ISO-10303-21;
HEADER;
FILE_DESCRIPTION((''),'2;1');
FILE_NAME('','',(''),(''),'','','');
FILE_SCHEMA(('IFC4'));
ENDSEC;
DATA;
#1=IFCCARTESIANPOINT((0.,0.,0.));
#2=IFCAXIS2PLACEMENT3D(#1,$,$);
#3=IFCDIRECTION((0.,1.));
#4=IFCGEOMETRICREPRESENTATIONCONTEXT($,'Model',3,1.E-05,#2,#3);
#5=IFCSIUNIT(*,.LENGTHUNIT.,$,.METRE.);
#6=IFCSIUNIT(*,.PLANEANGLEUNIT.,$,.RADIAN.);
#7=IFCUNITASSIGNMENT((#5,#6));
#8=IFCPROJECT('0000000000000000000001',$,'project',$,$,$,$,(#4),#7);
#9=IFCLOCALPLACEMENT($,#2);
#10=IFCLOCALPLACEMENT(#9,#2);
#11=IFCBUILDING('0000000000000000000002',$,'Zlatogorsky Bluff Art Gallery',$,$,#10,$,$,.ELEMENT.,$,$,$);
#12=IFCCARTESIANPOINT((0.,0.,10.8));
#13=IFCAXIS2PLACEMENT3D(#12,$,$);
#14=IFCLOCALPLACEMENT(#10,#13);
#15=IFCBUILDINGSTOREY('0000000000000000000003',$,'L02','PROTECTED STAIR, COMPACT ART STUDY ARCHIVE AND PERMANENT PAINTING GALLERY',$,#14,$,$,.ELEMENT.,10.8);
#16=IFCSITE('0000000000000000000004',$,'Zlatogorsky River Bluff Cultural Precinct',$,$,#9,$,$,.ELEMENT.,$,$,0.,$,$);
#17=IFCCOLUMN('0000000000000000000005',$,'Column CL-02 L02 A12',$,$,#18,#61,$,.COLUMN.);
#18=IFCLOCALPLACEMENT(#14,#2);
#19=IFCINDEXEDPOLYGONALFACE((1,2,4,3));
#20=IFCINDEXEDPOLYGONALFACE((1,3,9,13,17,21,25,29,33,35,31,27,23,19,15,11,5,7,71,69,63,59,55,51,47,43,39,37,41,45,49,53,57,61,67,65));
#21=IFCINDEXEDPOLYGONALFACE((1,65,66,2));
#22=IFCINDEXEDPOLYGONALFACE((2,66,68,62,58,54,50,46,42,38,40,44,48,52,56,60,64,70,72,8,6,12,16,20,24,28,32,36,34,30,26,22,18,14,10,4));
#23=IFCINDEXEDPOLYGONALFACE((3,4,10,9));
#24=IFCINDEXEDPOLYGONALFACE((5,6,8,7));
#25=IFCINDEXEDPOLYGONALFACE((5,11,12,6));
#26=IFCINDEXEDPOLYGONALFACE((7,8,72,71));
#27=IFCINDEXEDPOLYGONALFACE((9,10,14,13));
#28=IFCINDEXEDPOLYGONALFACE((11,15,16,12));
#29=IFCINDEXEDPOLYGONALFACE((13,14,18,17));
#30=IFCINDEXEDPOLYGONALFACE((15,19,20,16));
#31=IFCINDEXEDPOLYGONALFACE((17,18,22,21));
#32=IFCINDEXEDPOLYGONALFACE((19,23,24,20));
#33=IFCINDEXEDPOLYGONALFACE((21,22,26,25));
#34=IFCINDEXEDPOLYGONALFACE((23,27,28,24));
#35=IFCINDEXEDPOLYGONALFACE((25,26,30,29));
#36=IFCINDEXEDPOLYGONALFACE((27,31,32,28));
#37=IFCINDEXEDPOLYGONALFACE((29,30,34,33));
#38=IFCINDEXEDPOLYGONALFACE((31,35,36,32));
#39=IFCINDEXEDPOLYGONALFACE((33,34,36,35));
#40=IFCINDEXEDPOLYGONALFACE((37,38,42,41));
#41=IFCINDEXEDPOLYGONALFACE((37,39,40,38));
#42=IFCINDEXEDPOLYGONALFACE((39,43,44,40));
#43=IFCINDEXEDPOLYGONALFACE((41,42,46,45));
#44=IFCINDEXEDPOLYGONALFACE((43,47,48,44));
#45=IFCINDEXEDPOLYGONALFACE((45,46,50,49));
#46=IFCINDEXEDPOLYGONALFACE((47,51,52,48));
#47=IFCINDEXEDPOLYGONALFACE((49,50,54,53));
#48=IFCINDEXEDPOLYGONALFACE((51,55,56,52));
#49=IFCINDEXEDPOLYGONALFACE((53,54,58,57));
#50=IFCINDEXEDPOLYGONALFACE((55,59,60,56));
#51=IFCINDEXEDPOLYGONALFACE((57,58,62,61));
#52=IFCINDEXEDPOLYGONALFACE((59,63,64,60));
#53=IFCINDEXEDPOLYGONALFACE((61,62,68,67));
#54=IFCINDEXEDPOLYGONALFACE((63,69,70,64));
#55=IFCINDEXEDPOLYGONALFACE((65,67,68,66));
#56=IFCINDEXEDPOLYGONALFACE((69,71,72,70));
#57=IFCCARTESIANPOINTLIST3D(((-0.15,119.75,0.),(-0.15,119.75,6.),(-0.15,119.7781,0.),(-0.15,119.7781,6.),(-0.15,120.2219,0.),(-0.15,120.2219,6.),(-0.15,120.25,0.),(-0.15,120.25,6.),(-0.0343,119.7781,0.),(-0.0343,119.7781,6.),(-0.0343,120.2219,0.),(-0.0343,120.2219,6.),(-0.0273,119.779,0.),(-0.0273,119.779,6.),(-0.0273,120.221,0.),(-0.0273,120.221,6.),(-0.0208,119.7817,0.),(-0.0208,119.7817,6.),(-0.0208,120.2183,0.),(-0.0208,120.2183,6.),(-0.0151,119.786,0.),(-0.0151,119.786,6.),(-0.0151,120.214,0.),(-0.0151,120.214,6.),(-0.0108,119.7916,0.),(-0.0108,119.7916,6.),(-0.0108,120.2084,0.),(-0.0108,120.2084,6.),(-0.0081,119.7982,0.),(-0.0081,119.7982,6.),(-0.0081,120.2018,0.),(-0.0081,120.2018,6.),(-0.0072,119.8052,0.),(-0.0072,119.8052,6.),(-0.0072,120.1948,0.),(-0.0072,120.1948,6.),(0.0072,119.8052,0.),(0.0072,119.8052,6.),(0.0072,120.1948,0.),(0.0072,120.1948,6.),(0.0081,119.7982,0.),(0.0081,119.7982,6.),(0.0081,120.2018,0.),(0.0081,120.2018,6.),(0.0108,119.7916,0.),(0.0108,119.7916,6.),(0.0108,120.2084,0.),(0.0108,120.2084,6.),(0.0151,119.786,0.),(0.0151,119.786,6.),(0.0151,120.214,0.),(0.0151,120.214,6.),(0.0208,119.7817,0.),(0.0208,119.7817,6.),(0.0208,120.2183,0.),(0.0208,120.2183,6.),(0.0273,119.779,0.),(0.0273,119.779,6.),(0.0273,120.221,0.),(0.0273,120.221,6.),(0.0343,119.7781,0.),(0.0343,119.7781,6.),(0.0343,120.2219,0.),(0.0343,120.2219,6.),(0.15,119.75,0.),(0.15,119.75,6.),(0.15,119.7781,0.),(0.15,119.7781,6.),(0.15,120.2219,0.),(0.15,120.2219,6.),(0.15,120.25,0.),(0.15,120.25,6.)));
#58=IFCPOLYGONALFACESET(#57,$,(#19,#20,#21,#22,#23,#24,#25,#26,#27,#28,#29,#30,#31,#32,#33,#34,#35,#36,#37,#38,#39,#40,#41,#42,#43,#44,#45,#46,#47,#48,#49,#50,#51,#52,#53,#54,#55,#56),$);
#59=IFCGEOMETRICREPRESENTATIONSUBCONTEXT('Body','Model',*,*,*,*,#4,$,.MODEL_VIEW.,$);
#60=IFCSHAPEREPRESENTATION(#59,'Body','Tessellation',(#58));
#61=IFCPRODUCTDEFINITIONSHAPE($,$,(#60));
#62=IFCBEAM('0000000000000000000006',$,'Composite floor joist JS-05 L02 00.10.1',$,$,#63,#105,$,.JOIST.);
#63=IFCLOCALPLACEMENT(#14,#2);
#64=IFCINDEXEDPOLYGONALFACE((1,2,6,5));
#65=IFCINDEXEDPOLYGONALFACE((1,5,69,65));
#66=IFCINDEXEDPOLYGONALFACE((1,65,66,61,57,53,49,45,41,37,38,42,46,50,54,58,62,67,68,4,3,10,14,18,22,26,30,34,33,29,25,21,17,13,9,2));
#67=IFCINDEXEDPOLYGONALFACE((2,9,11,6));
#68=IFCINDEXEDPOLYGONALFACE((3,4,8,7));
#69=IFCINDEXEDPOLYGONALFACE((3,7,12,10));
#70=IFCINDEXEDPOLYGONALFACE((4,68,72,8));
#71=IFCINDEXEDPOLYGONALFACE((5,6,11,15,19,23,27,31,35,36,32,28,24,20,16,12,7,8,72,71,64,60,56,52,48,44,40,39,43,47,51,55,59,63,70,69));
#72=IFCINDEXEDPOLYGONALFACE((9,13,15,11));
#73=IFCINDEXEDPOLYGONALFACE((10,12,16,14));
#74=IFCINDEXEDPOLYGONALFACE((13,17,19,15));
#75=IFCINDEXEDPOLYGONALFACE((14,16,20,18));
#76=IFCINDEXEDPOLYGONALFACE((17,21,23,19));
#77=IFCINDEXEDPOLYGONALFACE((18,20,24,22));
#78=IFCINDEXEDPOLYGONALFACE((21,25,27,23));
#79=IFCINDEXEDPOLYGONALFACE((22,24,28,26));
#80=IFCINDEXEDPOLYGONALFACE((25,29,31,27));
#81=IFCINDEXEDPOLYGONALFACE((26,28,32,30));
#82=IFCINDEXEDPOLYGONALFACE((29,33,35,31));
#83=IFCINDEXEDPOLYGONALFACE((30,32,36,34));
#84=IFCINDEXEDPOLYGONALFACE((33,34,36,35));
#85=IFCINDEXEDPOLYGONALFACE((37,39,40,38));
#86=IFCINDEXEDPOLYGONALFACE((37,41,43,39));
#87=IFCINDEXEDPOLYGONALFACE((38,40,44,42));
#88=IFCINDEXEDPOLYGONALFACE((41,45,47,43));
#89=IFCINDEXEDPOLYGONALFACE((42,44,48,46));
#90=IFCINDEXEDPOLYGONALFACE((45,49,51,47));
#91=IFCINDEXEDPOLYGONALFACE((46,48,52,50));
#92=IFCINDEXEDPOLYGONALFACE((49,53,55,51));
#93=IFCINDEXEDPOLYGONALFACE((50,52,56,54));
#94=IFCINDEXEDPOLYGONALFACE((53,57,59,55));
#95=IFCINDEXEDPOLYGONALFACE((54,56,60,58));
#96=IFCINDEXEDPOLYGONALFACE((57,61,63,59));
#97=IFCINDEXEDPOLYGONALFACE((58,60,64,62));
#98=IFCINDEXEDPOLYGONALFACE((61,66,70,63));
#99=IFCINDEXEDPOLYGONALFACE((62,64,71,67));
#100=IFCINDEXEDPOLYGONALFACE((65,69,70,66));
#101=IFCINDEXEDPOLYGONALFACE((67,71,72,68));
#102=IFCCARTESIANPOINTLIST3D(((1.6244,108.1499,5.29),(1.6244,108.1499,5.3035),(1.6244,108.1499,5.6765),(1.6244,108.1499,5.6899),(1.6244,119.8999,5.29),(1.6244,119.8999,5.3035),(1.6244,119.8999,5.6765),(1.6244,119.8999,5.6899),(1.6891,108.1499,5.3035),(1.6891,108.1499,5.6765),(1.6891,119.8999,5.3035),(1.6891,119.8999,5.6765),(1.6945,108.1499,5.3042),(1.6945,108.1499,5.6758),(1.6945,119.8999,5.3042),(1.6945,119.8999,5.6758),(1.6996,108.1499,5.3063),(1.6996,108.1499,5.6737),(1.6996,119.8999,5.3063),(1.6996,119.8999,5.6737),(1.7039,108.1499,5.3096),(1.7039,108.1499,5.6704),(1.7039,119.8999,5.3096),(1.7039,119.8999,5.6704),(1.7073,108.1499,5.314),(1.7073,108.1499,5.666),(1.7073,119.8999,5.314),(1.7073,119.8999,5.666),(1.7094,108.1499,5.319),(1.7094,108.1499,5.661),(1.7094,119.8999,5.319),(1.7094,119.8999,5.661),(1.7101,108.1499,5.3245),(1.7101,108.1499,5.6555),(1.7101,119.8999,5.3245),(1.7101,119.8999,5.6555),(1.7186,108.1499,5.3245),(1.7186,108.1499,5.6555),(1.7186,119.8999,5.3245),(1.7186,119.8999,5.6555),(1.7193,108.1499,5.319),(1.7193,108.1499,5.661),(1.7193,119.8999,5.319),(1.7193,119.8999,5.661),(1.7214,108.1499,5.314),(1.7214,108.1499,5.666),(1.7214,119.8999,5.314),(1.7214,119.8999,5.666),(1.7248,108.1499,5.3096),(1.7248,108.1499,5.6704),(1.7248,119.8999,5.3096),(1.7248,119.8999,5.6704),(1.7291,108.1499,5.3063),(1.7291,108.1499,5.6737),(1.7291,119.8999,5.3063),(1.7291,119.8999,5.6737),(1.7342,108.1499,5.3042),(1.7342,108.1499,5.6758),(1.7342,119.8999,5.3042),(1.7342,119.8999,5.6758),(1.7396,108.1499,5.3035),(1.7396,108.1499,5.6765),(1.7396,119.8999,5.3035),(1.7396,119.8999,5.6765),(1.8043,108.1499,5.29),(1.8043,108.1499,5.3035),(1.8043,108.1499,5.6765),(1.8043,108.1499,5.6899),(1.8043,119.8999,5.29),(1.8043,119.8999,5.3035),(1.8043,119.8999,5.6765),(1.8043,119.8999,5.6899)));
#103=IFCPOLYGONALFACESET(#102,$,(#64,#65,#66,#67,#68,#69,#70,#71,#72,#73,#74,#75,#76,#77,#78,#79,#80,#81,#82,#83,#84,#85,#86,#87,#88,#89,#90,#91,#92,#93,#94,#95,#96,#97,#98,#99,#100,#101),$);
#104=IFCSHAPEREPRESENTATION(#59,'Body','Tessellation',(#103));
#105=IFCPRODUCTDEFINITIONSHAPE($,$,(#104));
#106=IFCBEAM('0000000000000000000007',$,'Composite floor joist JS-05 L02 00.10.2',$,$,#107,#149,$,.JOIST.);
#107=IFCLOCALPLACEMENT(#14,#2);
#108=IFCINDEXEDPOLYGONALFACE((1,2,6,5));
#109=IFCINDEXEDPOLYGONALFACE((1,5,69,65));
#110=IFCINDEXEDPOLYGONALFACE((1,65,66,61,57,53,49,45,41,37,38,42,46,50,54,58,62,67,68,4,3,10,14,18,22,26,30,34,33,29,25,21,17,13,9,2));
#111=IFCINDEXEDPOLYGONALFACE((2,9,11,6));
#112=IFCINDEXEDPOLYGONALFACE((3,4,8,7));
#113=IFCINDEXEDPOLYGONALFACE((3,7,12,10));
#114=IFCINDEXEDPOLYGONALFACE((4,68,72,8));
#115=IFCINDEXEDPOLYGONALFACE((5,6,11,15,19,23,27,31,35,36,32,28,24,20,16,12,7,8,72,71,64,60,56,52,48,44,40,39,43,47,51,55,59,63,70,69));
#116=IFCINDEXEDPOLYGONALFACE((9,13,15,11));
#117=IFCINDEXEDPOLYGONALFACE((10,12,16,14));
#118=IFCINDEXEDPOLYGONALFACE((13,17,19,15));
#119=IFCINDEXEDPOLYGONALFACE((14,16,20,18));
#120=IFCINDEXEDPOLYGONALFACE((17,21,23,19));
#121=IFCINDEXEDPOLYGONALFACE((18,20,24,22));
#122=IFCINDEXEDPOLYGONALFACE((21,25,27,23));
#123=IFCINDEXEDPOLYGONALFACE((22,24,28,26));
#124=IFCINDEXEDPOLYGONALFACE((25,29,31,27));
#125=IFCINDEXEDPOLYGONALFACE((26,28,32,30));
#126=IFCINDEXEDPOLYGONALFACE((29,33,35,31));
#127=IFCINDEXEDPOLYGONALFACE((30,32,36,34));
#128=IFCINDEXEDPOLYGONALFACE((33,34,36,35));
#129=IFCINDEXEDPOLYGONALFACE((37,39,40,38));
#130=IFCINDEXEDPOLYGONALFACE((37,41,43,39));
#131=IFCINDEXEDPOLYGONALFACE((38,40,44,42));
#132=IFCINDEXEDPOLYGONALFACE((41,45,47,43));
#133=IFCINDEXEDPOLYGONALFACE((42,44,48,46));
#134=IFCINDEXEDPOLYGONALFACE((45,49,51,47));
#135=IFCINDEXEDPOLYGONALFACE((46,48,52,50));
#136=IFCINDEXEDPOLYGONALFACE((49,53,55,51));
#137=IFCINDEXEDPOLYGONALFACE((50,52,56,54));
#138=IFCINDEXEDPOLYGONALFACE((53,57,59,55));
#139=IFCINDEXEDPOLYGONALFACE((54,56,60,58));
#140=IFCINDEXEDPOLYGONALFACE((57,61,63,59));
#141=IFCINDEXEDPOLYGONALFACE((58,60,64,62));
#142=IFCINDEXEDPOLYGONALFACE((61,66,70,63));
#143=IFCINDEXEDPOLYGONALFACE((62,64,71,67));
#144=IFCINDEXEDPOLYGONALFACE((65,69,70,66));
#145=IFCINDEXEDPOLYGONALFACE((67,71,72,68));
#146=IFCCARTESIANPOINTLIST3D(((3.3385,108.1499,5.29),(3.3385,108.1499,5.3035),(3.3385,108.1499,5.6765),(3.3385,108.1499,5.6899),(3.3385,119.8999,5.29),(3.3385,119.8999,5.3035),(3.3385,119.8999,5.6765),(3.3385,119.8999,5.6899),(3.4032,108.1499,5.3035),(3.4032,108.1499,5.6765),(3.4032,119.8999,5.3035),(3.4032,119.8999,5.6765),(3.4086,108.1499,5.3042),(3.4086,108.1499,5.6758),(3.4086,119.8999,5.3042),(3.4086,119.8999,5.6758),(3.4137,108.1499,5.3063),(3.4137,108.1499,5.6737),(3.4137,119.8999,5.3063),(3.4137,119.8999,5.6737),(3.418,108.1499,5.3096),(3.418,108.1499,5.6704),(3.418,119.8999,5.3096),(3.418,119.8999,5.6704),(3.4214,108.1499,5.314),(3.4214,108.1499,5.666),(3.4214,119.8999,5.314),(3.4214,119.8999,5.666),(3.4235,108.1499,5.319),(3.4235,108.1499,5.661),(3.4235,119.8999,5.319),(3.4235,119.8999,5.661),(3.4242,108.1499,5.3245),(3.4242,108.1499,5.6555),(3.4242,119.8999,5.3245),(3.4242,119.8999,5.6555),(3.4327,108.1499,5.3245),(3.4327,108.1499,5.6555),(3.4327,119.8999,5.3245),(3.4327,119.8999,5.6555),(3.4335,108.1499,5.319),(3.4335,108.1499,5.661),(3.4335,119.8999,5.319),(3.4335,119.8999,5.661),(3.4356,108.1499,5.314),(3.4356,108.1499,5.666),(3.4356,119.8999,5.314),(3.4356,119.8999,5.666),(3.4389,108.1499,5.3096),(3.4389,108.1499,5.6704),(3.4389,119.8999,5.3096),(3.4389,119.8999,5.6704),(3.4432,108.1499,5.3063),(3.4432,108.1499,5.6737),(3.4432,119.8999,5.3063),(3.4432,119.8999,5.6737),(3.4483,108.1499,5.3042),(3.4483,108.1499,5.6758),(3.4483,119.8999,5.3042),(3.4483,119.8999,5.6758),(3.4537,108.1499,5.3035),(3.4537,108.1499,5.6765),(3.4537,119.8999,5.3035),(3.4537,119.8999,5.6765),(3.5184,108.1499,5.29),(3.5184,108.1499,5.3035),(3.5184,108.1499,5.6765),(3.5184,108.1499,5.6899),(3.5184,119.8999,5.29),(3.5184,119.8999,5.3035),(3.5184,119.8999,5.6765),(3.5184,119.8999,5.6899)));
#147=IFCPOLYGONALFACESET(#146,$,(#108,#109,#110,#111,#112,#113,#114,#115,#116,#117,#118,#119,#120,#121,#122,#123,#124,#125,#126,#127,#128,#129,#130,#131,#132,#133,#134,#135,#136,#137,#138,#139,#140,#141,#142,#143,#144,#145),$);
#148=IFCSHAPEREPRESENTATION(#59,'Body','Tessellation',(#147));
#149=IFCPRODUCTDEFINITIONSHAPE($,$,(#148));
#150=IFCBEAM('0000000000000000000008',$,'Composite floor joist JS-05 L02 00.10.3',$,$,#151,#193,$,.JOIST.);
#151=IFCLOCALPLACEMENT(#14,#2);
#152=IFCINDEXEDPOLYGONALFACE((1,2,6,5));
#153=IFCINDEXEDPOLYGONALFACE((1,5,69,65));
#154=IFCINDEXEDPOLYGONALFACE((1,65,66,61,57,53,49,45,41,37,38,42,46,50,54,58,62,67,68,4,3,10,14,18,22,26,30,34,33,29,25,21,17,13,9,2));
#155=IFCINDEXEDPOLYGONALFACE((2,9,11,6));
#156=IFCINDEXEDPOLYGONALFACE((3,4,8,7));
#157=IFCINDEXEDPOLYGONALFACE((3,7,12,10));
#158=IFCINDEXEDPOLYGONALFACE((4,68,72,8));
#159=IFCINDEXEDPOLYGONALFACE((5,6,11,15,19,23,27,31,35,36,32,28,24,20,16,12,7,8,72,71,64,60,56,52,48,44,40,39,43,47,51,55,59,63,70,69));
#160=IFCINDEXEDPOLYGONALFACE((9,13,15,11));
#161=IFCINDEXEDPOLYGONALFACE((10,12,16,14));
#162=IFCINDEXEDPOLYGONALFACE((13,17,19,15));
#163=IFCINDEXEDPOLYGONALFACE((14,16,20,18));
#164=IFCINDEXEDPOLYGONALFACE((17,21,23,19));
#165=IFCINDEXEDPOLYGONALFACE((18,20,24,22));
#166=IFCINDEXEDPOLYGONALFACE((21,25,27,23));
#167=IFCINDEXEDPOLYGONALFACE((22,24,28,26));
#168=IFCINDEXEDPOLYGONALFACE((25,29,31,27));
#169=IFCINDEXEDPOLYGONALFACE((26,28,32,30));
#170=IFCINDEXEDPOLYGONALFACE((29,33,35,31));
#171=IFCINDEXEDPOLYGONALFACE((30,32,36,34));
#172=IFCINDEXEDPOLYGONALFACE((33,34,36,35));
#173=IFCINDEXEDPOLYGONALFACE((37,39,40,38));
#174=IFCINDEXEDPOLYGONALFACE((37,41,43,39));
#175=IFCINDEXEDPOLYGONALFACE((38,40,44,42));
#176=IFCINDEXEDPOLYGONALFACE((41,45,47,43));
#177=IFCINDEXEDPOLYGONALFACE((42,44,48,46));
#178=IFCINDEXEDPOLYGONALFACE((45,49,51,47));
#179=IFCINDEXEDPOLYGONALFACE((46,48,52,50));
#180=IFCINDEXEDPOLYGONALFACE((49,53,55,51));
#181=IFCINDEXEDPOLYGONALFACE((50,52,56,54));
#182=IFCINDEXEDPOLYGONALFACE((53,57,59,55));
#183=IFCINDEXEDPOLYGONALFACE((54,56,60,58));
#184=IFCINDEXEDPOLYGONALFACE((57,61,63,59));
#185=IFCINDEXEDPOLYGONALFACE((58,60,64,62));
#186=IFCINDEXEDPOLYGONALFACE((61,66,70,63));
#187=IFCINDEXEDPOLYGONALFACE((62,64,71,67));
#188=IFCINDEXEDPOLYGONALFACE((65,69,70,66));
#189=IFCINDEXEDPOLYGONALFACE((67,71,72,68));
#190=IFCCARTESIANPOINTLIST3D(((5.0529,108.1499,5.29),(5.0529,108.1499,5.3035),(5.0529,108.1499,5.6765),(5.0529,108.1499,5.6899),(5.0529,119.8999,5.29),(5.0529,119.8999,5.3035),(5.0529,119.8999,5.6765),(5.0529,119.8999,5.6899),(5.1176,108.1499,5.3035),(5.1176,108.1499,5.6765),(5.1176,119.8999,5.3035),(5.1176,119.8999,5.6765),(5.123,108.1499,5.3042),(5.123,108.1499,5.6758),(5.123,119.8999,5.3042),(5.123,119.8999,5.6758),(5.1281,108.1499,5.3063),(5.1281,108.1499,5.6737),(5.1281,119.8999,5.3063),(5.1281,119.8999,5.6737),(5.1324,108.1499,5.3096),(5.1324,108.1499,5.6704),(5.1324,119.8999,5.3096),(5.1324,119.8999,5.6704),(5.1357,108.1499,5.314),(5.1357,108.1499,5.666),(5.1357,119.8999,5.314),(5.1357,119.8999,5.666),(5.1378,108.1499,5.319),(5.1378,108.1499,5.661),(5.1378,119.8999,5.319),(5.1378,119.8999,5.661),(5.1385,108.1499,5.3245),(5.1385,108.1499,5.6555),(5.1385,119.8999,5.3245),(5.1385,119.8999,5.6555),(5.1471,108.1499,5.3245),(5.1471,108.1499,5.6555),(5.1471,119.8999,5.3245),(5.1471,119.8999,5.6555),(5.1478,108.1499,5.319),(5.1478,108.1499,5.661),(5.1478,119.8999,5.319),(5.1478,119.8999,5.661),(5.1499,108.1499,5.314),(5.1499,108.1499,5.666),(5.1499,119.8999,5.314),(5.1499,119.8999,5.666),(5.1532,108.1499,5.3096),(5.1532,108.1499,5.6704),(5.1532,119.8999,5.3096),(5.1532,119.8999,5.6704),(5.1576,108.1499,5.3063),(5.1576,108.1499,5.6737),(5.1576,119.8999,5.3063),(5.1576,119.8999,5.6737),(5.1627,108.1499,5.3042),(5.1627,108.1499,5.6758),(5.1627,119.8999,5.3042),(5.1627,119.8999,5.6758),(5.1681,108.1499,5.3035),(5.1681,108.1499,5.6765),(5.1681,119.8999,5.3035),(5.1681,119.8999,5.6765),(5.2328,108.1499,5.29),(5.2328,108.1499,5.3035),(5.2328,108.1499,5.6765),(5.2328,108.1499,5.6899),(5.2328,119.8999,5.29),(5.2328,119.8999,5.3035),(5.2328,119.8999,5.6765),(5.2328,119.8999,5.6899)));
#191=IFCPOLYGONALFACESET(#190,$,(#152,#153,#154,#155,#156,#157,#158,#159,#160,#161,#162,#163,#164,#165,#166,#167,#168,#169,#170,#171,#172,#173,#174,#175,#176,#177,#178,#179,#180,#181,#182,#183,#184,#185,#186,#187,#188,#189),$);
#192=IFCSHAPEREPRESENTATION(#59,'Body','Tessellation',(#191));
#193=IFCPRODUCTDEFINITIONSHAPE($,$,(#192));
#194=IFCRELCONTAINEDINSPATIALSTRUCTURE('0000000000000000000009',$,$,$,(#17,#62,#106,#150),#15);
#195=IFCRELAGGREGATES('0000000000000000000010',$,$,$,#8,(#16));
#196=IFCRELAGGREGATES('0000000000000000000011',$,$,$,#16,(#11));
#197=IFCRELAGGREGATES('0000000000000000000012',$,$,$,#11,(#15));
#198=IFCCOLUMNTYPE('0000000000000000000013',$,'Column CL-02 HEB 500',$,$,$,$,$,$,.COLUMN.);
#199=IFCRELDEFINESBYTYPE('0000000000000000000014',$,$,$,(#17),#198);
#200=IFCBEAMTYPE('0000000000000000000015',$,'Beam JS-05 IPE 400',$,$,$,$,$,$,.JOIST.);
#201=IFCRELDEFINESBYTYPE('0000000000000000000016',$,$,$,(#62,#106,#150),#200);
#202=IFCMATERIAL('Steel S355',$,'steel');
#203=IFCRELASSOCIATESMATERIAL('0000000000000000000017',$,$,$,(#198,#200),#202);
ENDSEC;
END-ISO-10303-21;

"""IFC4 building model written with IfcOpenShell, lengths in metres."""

from ifc_helpers import new_model, si_unit, direction, frame, origin, origin_2d, place, context, subcontext, project, spatial, i_section, extrude, material, material_profile, profile_set, type_object, element, save


model = new_model("IFC4")

# Units and contexts
model_context = context("Model", 3, precision=1e-05, world=origin(), true_north=direction((0.0, 1.0)))
body_context = subcontext(model_context, "Body", "Model", "MODEL_VIEW")
ifc_project = project(units=[si_unit("LENGTHUNIT", "METRE"), si_unit("PLANEANGLEUNIT", "RADIAN")], contexts=[model_context])

# Site, building, storey
site_placement = place(None, origin())
site = spatial("IfcSite", under=ifc_project, at=site_placement, Name="Zlatogorsky River Bluff Cultural Precinct", CompositionType="ELEMENT", RefElevation=0.0)
building_placement = place(site_placement, origin())
building = spatial("IfcBuilding", under=site, at=building_placement, Name="Zlatogorsky Bluff Art Gallery", CompositionType="ELEMENT")
storey_placement = place(building_placement, frame((0.0, 0.0, 10.8)))
storey = spatial("IfcBuildingStorey", under=building, at=storey_placement, Name="L02", Description="PROTECTED STAIR, COMPACT ART STUDY ARCHIVE AND PERMANENT PAINTING GALLERY", CompositionType="ELEMENT", Elevation=10.8)

# Column
ifc_material_1 = material(Name="Steel S355", Category="steel")
ifc_material_profile_1 = material_profile(ifc_material_1, i_section(OverallWidth=0.3, OverallDepth=0.5, WebThickness=0.0144, FlangeThickness=0.0281, FilletRadius=0.0271, at=origin_2d()), Name="HEB 500")
ifc_profile_set_1 = profile_set([ifc_material_profile_1], Name="Steel S355")
column_type = type_object("IfcColumnType", Name="Column CL-02 HEB 500", PredefinedType="COLUMN", material=ifc_profile_set_1)
column_placement = place(storey_placement, frame((0.0, 120.0, 0.0), z_axis=(0.0, 0.0, 1.0), x_axis=(1.0, 0.0, 0.0)))
element("IfcColumn", 1, at=column_placement, inside=storey, type_object=column_type, Name="Column CL-02 L02 A12", PredefinedType="COLUMN", context=body_context, shape_type="SweptSolid", body=[
    extrude(i_section(OverallWidth=0.3, OverallDepth=0.5, WebThickness=0.0144, FlangeThickness=0.0281, FilletRadius=0.0271, at=origin_2d()), origin(), (0.0, 0.0, 1.0), 6.0),
])

# Beams
ifc_material_profile_2 = material_profile(ifc_material_1, i_section(OverallWidth=0.1799, OverallDepth=0.3999, WebThickness=0.0085, FlangeThickness=0.0134, FilletRadius=0.021, at=origin_2d()), Name="IPE 400")
ifc_profile_set_2 = profile_set([ifc_material_profile_2], Name="Steel S355")
beam_type_1 = type_object("IfcBeamType", Name="Beam JS-05 IPE 400", PredefinedType="JOIST", material=ifc_profile_set_2)
for number, where, z_axis, x_axis, name in (
    (2, (1.7144, 108.1499, 5.49), (0.0, 1.0, 0.0), (-1.0, 0.0, 0.0), "Composite floor joist JS-05 L02 00.10.1"),
    (3, (3.4285, 108.1499, 5.49), (0.0, 1.0, 0.0), (-1.0, 0.0, 0.0), "Composite floor joist JS-05 L02 00.10.2"),
    (4, (5.1428, 108.1499, 5.49), (0.0, 1.0, 0.0), (-1.0, 0.0, 0.0), "Composite floor joist JS-05 L02 00.10.3"),
):
    element("IfcBeam", number, at=place(storey_placement, frame(where, z_axis=z_axis, x_axis=x_axis)), inside=storey, type_object=beam_type_1, Name=name, PredefinedType="JOIST", context=body_context, shape_type="SweptSolid", body=[
        extrude(i_section(OverallWidth=0.1799, OverallDepth=0.3999, WebThickness=0.0085, FlangeThickness=0.0134, FilletRadius=0.021, at=origin_2d()), origin(), (0.0, 0.0, 1.0), 11.75),
    ])

save(model, "model.ifc")
